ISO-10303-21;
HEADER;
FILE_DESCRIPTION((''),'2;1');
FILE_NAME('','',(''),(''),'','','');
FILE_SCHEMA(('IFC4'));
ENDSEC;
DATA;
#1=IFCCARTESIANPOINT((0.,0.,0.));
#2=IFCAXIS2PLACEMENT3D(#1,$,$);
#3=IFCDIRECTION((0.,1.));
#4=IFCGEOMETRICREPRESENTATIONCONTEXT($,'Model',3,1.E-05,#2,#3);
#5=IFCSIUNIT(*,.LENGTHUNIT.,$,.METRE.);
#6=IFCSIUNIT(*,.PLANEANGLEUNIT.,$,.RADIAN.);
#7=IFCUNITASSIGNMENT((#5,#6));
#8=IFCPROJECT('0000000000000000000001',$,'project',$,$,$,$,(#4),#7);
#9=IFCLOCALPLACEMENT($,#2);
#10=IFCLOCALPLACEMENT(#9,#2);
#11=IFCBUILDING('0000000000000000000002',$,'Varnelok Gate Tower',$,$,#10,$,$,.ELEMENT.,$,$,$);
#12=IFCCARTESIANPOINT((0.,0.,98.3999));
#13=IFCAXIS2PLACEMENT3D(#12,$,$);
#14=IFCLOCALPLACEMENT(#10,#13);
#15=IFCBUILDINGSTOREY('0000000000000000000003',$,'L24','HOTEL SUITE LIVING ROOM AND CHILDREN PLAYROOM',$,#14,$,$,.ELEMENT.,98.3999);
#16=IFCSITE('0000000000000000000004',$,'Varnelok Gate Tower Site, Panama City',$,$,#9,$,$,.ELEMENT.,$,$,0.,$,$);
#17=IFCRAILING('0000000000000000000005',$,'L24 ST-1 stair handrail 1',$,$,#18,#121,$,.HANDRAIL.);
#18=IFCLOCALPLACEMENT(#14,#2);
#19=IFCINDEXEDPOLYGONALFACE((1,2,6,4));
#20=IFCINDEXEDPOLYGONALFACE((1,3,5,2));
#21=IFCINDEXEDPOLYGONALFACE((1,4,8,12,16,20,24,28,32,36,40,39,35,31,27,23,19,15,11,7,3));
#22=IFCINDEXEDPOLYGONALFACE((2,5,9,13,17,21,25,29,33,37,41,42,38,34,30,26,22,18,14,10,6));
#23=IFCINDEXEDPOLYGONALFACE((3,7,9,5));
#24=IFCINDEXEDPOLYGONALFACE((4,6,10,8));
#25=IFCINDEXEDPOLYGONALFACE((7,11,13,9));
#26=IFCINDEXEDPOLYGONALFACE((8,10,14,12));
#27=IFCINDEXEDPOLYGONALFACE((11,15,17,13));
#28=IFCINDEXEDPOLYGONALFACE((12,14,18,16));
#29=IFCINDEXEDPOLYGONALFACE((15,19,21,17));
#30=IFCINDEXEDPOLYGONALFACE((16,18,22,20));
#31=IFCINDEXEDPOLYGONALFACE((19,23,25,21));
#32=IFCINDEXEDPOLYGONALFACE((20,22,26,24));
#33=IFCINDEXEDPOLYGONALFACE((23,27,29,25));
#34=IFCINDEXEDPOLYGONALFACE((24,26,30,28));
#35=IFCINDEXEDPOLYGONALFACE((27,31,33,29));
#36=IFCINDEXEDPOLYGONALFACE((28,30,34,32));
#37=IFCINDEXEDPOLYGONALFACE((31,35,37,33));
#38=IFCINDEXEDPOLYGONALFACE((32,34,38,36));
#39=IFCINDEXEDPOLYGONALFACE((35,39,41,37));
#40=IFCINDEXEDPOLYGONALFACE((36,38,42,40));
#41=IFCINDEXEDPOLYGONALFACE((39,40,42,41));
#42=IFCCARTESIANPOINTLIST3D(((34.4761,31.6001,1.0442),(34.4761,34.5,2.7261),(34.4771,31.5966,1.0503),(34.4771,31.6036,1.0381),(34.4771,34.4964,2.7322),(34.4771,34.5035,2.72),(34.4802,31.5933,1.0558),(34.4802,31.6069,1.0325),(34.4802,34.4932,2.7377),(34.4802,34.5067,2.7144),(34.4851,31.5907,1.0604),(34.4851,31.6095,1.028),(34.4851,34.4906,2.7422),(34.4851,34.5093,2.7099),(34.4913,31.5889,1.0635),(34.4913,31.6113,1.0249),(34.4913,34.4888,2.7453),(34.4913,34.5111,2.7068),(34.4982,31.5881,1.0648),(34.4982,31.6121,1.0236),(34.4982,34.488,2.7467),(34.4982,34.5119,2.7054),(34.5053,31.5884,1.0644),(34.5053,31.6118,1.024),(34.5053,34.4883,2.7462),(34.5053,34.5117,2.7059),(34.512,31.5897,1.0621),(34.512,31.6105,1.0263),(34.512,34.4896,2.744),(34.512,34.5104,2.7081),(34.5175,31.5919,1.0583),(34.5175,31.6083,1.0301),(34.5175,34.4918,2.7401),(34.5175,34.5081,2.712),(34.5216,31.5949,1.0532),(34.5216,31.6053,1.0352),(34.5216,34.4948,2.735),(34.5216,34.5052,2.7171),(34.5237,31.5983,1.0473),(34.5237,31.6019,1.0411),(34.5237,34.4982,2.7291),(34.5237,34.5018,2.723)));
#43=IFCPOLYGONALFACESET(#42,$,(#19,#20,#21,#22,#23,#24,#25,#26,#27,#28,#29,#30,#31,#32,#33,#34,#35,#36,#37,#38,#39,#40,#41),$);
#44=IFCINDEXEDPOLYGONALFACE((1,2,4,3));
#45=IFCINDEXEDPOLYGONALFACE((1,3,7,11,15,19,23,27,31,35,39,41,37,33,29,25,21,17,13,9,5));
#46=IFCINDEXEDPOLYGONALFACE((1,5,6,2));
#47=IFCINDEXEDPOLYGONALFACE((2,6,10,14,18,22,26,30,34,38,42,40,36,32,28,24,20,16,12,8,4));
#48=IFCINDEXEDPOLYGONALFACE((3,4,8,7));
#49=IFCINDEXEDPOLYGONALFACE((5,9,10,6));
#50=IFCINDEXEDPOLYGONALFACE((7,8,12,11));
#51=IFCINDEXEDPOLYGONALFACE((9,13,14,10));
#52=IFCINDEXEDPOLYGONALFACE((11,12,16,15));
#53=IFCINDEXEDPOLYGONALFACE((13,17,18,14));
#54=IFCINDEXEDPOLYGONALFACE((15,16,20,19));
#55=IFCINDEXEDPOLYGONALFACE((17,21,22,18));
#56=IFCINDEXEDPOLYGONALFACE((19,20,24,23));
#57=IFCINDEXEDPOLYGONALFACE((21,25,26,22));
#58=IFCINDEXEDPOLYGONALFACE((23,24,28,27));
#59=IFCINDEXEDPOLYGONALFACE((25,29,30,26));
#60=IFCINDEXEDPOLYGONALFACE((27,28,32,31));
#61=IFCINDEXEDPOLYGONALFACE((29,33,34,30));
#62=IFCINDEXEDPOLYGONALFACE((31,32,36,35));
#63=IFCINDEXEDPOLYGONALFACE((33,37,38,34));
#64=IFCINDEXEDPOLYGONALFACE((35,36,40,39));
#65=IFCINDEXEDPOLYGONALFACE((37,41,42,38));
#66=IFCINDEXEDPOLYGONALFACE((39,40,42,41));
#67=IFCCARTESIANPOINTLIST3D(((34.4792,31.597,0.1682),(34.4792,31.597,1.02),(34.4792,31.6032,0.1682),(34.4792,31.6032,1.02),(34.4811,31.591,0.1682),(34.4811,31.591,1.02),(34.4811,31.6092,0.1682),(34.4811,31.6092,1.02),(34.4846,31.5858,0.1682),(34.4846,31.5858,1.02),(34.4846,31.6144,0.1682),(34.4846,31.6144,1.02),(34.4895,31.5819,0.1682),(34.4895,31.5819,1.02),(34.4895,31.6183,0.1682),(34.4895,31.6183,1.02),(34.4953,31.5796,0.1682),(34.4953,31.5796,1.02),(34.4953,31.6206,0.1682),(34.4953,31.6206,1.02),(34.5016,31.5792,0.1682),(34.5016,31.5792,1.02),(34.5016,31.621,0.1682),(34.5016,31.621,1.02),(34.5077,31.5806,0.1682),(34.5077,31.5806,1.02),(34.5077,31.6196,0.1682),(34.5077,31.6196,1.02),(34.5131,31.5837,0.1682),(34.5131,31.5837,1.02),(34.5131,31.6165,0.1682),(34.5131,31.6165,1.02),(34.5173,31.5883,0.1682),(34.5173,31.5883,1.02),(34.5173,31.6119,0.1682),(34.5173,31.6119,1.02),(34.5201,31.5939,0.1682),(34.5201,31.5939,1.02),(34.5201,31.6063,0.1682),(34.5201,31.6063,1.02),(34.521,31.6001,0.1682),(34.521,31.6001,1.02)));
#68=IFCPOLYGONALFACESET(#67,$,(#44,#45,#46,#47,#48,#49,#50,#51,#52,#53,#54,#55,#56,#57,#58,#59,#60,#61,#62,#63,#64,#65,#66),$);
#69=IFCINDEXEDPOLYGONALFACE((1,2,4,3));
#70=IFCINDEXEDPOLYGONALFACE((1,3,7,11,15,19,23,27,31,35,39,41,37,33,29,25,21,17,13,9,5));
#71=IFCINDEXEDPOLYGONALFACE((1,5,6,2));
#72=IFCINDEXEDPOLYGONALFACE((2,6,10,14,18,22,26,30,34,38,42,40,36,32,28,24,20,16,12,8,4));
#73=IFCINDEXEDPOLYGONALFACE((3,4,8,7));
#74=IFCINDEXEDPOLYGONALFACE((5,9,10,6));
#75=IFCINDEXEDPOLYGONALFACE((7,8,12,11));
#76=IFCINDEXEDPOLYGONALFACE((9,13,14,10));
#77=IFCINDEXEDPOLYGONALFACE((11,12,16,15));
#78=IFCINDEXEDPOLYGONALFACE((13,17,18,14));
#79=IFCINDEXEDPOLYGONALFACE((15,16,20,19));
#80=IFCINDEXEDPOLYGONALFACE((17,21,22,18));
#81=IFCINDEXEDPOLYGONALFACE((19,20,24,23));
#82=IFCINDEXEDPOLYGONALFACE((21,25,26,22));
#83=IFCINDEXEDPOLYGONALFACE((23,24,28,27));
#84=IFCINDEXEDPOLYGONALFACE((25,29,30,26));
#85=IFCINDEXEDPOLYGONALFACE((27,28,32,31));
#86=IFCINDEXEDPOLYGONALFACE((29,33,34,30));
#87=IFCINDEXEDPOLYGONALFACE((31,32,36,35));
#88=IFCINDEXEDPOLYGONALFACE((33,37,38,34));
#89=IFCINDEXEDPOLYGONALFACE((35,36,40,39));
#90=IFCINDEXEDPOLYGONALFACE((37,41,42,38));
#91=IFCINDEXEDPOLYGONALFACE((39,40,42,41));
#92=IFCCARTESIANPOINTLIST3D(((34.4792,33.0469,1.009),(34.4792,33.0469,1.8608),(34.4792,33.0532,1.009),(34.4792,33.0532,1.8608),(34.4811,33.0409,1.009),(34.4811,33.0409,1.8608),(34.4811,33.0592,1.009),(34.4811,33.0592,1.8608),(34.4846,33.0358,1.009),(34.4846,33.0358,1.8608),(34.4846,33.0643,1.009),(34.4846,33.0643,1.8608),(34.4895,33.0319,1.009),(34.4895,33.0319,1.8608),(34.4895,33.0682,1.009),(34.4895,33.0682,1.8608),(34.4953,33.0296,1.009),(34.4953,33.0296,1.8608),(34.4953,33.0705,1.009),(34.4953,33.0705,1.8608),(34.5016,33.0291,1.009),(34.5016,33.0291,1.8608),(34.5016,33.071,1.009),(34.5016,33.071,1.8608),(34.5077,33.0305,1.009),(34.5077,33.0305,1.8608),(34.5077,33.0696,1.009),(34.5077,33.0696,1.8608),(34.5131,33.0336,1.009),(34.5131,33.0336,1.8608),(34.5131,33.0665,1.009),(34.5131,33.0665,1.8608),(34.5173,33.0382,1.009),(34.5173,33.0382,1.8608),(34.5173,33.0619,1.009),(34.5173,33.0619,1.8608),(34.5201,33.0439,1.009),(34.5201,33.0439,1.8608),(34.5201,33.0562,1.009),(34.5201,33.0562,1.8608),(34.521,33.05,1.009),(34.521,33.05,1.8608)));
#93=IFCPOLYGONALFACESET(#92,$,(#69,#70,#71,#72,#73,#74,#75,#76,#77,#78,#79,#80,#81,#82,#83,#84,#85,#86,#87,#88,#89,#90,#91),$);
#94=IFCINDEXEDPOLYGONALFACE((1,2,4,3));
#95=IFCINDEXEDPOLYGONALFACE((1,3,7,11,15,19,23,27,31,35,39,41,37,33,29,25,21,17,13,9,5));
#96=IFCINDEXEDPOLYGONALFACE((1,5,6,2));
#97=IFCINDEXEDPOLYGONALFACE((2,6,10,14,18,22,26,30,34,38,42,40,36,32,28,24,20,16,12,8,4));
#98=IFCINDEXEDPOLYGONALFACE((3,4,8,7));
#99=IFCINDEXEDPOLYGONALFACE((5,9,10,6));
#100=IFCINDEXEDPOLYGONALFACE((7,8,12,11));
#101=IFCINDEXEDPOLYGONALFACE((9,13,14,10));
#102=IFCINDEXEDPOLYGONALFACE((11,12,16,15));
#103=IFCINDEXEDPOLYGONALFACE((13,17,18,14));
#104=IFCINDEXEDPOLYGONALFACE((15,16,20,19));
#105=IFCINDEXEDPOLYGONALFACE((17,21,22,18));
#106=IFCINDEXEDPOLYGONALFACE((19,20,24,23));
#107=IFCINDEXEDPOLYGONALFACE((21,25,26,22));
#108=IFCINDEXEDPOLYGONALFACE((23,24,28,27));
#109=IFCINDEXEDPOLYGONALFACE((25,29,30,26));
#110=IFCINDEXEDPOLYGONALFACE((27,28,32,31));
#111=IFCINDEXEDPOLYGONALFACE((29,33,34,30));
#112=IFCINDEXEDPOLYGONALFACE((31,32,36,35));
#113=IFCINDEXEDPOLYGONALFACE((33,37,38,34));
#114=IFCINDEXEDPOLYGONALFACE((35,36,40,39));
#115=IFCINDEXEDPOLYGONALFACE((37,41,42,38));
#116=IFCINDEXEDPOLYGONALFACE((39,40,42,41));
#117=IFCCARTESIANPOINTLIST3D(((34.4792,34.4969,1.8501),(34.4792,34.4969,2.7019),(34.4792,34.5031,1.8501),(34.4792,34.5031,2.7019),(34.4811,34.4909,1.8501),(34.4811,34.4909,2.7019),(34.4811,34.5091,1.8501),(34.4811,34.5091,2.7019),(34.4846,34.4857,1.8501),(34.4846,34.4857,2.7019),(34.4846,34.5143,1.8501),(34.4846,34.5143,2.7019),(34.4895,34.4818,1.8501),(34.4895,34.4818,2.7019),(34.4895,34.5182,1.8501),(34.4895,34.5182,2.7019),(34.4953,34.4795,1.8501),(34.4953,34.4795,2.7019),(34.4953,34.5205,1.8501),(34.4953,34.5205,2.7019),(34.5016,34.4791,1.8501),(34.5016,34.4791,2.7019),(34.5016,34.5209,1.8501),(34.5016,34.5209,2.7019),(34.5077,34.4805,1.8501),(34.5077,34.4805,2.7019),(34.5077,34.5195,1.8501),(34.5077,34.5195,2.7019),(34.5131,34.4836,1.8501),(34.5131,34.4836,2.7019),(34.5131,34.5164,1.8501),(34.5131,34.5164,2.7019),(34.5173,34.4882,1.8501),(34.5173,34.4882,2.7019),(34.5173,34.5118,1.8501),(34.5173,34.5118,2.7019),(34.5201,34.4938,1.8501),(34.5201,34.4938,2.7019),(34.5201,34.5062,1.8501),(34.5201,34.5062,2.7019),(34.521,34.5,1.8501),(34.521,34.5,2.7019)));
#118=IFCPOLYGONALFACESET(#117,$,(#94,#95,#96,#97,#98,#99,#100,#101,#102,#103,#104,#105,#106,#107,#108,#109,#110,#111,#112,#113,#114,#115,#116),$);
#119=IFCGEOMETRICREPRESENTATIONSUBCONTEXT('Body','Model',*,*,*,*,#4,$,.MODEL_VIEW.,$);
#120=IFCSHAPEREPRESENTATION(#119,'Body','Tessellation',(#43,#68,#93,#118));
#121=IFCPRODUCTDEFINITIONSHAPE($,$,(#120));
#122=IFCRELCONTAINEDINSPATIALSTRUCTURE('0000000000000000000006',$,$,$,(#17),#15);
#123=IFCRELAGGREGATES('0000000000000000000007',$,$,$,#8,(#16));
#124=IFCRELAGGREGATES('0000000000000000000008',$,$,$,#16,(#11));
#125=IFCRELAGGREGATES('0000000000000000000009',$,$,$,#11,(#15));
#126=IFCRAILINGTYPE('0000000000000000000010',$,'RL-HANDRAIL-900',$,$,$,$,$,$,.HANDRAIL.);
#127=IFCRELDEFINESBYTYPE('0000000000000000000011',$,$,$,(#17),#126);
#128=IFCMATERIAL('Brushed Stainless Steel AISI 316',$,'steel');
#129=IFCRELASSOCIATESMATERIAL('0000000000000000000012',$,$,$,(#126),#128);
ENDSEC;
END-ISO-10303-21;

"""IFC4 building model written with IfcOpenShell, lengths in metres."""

from ifc_helpers import new_model, si_unit, direction, frame, origin, origin_2d, place, context, subcontext, project, spatial, circle, extrude, material, type_object, element, save


model = new_model("IFC4")

# Units and contexts
model_context = context("Model", 3, precision=1e-05, world=origin(), true_north=direction((0.0, 1.0)))
body_context = subcontext(model_context, "Body", "Model", "MODEL_VIEW")
ifc_project = project(units=[si_unit("LENGTHUNIT", "METRE"), si_unit("PLANEANGLEUNIT", "RADIAN")], contexts=[model_context])

# Site, building, storey
site_placement = place(None, origin())
site = spatial("IfcSite", under=ifc_project, at=site_placement, Name="Varnelok Gate Tower Site, Panama City", CompositionType="ELEMENT", RefElevation=0.0)
building_placement = place(site_placement, origin())
building = spatial("IfcBuilding", under=site, at=building_placement, Name="Varnelok Gate Tower", CompositionType="ELEMENT")
storey_placement = place(building_placement, frame((0.0, 0.0, 98.3999)))
storey = spatial("IfcBuildingStorey", under=building, at=storey_placement, Name="L24", Description="HOTEL SUITE LIVING ROOM AND CHILDREN PLAYROOM", CompositionType="ELEMENT", Elevation=98.3999)

# Railing
ifc_material_1 = material(Name="Brushed Stainless Steel AISI 316", Category="steel")
railing_type_1 = type_object("IfcRailingType", Name="RL-HANDRAIL-900", PredefinedType="HANDRAIL", material=ifc_material_1)
railing_1_placement = place(storey_placement, frame((34.5, 31.6001, 0.1682)))
element("IfcRailing", 1, at=railing_1_placement, inside=storey, type_object=railing_type_1, Name="L24 ST-1 stair handrail 1", PredefinedType="HANDRAIL", context=body_context, shape_type="SweptSolid", body=[
    extrude(circle(Radius=0.0239, at=origin_2d()), frame((0.0, 0.0, 0.876), z_axis=(0.0, 0.865039, 0.501705), x_axis=(-1.0, 0.0, 0.0)), (0.0, 0.0, 1.0), 3.3523),
    extrude(circle(Radius=0.021, at=origin_2d()), origin(), (0.0, 0.0, 1.0), 0.8518),
    extrude(circle(Radius=0.021, at=origin_2d()), frame((0.0, 1.45, 0.8408)), (0.0, 0.0, 1.0), 0.8518),
    extrude(circle(Radius=0.021, at=origin_2d()), frame((0.0, 2.8999, 1.6819)), (0.0, 0.0, 1.0), 0.8518),
])

save(model, "model.ifc")
